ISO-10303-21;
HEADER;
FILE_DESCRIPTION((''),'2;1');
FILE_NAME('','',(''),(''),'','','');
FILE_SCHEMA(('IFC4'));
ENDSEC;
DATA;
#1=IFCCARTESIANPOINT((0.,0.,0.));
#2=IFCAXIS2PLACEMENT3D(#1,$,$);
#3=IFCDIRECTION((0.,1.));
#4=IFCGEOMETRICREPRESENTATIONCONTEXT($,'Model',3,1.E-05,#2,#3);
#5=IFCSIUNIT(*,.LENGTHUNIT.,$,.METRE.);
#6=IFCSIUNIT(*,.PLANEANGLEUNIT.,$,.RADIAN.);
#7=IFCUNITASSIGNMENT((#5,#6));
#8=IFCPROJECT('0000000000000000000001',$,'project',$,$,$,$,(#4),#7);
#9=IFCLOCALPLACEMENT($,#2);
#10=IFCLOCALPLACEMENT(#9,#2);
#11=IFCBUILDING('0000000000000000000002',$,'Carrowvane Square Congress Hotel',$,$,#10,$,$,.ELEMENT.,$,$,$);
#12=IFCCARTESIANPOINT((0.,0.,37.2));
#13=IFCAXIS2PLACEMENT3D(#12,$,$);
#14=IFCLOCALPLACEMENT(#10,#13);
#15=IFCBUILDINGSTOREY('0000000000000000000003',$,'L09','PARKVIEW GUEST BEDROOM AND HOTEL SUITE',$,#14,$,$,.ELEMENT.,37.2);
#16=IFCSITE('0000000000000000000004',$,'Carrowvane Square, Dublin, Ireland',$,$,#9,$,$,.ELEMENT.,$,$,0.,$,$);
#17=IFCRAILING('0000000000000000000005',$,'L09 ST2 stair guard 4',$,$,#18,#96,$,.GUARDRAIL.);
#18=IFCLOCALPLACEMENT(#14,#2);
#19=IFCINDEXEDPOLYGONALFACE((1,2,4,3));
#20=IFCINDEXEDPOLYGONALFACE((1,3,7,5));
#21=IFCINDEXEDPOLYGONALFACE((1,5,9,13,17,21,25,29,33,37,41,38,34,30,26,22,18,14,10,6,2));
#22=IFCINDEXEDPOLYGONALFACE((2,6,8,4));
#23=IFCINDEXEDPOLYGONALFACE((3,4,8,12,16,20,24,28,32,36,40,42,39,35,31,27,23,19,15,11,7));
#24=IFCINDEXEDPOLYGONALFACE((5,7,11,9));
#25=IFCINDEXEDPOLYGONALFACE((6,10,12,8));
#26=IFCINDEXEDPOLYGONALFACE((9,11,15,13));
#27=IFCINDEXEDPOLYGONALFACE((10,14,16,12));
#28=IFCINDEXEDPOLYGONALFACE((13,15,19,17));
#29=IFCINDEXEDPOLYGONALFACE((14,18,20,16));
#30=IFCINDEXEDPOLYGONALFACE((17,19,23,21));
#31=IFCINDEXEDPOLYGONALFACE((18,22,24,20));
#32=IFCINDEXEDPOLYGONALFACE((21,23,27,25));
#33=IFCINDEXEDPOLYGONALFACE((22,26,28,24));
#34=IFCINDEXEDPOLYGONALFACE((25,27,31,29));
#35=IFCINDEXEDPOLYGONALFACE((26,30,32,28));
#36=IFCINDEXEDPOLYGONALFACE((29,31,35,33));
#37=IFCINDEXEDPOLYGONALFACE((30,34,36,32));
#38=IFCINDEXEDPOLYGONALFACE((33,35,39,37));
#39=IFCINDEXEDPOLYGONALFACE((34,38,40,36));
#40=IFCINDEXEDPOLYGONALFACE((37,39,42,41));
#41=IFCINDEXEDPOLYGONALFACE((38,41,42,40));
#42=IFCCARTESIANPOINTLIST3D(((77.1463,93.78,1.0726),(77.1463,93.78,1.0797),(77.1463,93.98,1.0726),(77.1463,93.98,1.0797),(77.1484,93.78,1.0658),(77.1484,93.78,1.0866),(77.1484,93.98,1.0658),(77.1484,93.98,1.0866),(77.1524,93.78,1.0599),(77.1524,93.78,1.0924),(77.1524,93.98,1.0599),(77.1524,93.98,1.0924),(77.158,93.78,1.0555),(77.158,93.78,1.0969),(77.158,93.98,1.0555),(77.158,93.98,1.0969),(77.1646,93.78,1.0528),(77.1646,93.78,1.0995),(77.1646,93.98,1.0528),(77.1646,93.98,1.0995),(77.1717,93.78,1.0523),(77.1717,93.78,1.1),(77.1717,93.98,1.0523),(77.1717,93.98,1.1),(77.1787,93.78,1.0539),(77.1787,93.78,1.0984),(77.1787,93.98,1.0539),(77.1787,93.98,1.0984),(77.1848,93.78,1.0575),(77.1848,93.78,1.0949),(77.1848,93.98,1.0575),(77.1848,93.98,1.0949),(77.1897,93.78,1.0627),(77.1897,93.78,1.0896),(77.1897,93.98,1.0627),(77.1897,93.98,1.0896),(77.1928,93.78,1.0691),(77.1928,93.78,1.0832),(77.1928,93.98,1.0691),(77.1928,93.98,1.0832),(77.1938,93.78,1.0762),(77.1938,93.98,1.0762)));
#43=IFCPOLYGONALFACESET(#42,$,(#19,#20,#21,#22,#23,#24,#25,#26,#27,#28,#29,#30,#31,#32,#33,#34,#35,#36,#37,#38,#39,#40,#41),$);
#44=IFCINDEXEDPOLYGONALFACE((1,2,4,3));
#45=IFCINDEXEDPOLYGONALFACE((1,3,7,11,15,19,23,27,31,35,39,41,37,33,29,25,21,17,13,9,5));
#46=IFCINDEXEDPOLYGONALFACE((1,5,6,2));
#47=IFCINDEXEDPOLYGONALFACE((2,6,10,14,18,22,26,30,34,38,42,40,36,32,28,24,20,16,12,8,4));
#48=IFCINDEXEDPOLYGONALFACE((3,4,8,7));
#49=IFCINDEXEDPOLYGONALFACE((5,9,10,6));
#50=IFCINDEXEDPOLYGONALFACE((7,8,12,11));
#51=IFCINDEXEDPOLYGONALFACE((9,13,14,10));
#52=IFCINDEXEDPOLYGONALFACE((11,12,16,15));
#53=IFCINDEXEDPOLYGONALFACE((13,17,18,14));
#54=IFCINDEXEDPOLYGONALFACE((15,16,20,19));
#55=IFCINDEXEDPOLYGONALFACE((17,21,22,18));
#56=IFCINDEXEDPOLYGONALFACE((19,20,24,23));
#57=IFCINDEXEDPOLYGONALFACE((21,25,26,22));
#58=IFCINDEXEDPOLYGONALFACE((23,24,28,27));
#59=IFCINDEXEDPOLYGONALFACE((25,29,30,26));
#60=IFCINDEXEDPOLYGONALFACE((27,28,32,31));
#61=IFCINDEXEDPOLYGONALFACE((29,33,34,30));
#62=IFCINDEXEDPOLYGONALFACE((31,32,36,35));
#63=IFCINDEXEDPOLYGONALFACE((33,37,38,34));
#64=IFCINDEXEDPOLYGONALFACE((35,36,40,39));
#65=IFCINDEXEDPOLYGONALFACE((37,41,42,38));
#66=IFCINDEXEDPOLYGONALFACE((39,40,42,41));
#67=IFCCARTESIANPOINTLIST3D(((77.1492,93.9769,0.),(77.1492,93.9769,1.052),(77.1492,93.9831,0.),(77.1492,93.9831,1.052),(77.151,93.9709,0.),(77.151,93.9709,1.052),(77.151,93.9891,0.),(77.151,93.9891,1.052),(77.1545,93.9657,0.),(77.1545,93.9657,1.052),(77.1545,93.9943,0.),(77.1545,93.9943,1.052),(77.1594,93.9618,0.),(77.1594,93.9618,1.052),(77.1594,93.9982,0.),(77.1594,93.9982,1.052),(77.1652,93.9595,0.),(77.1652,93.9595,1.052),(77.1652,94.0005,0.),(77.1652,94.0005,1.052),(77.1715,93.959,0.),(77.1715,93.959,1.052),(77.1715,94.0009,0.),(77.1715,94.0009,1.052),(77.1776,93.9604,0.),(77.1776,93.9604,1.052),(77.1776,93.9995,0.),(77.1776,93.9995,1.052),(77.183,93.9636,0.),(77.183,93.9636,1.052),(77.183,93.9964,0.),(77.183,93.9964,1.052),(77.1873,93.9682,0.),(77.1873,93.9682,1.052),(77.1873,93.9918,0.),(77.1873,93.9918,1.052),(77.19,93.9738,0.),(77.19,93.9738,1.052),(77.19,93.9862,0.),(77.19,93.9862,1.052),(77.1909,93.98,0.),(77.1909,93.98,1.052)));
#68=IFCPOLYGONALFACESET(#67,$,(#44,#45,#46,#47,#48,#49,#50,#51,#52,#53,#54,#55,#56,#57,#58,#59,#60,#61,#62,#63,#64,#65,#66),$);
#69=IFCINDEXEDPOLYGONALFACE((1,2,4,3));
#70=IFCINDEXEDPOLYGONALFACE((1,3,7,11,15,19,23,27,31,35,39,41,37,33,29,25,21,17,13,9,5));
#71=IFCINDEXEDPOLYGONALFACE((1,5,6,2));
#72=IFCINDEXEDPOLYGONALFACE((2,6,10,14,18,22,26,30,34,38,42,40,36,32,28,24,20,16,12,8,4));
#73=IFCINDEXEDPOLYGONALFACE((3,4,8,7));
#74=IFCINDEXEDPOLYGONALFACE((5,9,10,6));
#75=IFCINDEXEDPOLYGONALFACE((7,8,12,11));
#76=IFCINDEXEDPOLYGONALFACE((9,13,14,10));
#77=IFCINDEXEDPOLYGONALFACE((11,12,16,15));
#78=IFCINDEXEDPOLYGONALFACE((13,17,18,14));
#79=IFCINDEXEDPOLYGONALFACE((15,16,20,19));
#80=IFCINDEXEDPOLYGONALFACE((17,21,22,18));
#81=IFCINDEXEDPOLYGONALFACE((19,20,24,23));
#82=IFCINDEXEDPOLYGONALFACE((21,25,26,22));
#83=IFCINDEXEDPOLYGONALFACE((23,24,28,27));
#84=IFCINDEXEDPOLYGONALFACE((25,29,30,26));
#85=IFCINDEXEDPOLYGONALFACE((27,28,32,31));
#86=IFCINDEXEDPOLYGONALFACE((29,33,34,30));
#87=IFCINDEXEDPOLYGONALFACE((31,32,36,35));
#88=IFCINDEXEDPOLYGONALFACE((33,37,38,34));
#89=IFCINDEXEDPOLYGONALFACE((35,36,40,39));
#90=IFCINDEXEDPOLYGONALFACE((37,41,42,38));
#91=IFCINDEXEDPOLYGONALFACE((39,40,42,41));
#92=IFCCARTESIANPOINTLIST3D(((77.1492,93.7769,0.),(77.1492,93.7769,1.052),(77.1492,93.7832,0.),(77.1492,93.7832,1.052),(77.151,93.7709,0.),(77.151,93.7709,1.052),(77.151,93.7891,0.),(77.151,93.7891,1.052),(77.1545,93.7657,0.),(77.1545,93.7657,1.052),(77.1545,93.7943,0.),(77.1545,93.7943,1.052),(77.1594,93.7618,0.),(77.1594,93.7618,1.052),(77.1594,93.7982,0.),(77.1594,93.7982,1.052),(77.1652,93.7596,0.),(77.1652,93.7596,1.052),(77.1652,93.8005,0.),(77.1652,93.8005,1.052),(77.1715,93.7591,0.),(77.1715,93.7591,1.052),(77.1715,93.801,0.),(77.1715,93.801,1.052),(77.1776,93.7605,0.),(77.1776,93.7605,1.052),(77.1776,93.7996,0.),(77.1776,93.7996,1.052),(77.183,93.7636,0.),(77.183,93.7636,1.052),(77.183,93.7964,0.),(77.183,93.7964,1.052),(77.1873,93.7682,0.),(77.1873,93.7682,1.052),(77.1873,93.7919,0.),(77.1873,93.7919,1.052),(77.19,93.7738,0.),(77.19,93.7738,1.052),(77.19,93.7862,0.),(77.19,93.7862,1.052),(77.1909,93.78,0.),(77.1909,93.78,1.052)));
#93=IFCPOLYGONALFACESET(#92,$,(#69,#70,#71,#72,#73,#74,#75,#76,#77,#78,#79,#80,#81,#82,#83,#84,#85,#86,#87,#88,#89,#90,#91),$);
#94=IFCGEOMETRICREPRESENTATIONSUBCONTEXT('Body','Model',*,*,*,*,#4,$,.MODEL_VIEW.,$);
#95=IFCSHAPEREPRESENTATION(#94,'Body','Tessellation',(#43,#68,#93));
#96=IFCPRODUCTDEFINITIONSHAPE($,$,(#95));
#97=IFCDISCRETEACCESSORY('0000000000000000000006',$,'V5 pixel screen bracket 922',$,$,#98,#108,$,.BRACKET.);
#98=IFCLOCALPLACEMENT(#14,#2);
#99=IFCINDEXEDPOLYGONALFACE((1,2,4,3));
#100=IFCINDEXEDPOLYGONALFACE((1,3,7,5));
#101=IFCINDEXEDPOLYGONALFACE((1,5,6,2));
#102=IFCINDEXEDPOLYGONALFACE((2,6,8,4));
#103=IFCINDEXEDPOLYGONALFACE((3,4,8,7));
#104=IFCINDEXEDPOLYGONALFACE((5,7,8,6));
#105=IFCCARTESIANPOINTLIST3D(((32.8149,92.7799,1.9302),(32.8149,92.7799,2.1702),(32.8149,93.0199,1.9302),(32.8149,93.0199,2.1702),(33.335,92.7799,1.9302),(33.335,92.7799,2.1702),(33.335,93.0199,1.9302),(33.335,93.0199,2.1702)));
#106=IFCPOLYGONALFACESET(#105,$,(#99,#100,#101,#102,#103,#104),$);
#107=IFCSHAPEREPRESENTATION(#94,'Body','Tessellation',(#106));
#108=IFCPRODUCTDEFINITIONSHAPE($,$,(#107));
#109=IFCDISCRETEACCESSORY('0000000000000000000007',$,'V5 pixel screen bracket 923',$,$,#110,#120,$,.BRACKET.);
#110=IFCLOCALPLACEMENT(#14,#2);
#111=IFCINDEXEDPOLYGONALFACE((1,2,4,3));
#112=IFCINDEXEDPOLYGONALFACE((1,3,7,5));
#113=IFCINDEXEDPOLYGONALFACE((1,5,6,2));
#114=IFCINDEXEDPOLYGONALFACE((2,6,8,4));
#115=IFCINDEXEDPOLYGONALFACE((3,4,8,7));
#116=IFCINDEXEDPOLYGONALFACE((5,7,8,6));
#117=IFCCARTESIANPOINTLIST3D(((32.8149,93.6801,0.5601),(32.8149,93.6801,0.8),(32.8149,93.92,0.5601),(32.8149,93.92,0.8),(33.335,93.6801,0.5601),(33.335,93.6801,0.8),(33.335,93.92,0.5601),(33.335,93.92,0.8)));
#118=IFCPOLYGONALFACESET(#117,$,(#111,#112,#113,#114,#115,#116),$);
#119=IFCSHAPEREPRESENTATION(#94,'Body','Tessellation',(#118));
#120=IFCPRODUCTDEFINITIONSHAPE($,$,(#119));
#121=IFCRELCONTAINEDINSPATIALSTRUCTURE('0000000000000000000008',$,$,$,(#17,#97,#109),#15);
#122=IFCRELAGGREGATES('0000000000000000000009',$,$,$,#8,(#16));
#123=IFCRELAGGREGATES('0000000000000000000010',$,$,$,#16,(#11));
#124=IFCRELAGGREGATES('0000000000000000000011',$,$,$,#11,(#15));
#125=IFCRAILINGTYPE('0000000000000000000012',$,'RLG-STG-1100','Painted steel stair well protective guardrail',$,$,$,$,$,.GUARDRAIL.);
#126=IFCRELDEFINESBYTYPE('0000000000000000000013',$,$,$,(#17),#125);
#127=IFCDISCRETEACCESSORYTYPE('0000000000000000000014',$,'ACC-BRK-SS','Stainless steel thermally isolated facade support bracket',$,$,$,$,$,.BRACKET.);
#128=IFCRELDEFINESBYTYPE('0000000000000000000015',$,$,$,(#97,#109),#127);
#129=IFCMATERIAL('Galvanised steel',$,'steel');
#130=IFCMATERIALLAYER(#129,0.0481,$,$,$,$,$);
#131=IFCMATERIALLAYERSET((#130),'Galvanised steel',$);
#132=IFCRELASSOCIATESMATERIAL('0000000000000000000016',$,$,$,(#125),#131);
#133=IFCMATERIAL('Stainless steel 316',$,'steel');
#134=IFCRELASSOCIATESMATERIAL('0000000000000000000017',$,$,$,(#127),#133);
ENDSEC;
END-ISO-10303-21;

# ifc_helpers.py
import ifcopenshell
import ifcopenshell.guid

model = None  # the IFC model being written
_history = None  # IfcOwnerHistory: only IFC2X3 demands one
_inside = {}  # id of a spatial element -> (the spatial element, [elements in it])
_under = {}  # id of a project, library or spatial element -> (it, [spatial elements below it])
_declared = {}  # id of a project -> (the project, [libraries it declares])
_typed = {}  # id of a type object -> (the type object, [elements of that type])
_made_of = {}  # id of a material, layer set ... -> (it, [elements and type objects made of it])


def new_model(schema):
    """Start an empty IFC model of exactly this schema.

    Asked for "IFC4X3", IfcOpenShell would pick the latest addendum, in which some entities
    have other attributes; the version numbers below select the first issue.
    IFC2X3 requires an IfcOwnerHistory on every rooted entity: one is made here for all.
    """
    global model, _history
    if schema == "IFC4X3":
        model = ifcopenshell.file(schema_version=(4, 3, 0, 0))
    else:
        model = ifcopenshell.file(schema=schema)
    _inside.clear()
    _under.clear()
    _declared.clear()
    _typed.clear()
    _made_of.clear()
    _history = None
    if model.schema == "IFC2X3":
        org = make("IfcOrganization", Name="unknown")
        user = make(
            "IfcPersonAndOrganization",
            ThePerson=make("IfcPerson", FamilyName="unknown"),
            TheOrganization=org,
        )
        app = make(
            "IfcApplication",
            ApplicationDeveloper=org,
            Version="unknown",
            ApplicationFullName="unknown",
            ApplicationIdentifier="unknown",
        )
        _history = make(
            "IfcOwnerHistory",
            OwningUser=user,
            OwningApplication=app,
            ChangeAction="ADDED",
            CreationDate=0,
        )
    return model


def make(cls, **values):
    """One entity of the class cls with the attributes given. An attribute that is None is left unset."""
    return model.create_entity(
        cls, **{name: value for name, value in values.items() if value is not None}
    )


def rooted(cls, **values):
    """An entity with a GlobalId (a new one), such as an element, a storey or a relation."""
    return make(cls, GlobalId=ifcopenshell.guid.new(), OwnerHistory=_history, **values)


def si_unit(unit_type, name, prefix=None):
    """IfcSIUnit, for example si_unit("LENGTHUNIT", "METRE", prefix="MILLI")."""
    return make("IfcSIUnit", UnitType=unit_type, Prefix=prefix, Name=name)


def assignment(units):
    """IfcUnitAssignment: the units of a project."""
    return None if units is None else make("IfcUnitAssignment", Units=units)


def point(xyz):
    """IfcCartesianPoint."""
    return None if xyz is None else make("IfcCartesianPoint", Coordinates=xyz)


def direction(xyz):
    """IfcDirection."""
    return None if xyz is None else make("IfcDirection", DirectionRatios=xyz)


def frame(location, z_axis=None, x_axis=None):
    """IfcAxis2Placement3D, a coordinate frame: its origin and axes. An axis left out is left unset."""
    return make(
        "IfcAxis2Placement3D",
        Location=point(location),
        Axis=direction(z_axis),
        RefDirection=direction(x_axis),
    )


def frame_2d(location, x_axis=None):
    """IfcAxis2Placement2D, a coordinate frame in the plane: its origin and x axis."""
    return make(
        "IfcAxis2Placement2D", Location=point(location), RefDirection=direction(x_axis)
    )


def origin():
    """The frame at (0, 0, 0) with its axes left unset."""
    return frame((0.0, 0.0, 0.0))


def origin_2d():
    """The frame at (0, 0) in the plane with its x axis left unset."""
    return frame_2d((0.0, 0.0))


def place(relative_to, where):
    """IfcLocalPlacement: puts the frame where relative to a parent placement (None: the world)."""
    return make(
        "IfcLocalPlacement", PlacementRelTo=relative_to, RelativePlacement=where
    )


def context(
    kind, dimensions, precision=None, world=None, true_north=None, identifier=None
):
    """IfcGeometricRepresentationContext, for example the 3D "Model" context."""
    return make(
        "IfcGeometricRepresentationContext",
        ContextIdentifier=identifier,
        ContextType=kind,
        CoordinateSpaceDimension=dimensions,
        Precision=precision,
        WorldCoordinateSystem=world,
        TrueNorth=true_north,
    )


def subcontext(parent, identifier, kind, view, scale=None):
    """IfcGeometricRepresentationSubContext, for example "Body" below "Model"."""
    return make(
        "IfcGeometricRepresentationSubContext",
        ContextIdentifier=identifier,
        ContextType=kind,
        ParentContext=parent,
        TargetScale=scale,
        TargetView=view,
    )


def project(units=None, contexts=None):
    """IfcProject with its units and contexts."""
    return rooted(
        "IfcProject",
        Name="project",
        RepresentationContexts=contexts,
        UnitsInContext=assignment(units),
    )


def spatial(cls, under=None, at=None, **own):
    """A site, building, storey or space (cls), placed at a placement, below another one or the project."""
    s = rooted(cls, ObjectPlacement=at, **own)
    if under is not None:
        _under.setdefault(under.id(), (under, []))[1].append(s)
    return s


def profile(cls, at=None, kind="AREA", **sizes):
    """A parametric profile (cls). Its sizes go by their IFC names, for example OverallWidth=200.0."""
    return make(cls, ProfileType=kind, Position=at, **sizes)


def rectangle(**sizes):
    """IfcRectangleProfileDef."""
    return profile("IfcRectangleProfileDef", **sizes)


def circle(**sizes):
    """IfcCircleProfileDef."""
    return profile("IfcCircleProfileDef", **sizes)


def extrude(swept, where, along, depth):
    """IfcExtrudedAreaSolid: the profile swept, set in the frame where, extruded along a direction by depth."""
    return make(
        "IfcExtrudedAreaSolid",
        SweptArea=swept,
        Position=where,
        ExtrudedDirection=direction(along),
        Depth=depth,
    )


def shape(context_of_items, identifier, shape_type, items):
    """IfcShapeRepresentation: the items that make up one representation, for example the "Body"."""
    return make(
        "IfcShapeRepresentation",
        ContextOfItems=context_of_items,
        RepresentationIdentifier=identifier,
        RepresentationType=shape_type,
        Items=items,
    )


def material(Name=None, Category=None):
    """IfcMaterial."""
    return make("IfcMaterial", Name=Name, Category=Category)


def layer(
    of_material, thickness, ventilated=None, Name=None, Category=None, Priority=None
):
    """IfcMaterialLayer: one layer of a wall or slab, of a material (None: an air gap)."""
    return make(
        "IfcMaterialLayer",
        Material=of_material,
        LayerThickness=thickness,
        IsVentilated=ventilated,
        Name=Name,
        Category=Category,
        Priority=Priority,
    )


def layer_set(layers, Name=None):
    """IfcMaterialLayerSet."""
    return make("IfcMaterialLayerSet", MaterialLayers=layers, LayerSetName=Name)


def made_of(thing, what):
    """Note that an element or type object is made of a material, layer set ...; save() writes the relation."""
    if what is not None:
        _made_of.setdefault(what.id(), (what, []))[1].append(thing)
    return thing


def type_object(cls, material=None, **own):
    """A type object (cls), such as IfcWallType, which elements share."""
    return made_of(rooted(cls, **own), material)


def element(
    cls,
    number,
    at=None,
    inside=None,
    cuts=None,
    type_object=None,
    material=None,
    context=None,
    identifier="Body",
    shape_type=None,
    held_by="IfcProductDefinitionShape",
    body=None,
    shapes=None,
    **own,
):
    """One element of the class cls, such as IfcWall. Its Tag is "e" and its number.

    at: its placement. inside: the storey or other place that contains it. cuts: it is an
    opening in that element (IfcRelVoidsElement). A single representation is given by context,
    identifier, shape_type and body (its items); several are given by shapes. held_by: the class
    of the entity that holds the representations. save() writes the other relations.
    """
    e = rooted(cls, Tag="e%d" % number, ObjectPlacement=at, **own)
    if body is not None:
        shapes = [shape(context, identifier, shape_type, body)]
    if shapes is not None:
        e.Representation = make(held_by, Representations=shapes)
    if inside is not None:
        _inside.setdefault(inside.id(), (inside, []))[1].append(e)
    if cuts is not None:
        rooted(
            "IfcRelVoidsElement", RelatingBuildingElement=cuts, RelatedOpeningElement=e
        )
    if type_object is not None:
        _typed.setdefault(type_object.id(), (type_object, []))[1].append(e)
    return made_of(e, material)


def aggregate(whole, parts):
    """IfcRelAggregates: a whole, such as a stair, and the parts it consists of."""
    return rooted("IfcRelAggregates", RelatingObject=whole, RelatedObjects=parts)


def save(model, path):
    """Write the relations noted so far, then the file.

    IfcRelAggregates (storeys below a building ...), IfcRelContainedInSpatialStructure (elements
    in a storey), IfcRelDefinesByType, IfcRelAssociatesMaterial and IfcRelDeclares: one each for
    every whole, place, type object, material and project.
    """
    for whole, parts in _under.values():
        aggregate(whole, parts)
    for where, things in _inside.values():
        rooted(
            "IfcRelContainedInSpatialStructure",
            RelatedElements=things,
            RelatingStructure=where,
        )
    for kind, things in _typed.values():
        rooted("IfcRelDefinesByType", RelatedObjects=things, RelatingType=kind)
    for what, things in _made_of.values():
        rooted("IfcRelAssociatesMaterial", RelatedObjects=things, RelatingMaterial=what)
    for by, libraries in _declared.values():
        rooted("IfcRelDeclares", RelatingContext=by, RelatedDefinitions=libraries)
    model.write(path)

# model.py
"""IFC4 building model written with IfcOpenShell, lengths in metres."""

from ifc_helpers import new_model, si_unit, direction, frame, origin, origin_2d, place, context, subcontext, project, spatial, rectangle, circle, extrude, material, layer, layer_set, type_object, element, save


model = new_model("IFC4")

# Units and contexts
model_context = context("Model", 3, precision=1e-05, world=origin(), true_north=direction((0.0, 1.0)))
body_context = subcontext(model_context, "Body", "Model", "MODEL_VIEW")
ifc_project = project(units=[si_unit("LENGTHUNIT", "METRE"), si_unit("PLANEANGLEUNIT", "RADIAN")], contexts=[model_context])

# Site, building, storey
site_placement = place(None, origin())
site = spatial("IfcSite", under=ifc_project, at=site_placement, Name="Carrowvane Square, Dublin, Ireland", CompositionType="ELEMENT", RefElevation=0.0)
building_placement = place(site_placement, origin())
building = spatial("IfcBuilding", under=site, at=building_placement, Name="Carrowvane Square Congress Hotel", CompositionType="ELEMENT")
storey_placement = place(building_placement, frame((0.0, 0.0, 37.2)))
storey = spatial("IfcBuildingStorey", under=building, at=storey_placement, Name="L09", Description="PARKVIEW GUEST BEDROOM AND HOTEL SUITE", CompositionType="ELEMENT", Elevation=37.2)

# Railing
ifc_material_1 = material(Name="Galvanised steel", Category="steel")
ifc_layer_1 = layer(ifc_material_1, 0.0481)
ifc_layer_set_1 = layer_set([ifc_layer_1], Name="Galvanised steel")
railing_type_1 = type_object("IfcRailingType", Name="RLG-STG-1100", Description="Painted steel stair well protective guardrail", PredefinedType="GUARDRAIL", material=ifc_layer_set_1)
railing_1_placement = place(storey_placement, frame((77.1699, 93.98, 0.0)))
element("IfcRailing", 1, at=railing_1_placement, inside=storey, type_object=railing_type_1, Name="L09 ST2 stair guard 4", PredefinedType="GUARDRAIL", context=body_context, shape_type="SweptSolid", body=[
    extrude(circle(Radius=0.0239, at=origin_2d()), frame((0.0, 0.0, 1.0762), z_axis=(0.0, -1.0, 0.0), x_axis=(1.0, 0.0, 0.0)), (0.0, 0.0, 1.0), 0.2),
    extrude(circle(Radius=0.021, at=origin_2d()), origin(), (0.0, 0.0, 1.0), 1.052),
    extrude(circle(Radius=0.021, at=origin_2d()), frame((0.0, -0.2, 0.0)), (0.0, 0.0, 1.0), 1.052),
])

# Discrete accessories
ifc_material_2 = material(Name="Stainless steel 316", Category="steel")
discrete_accessory_type = type_object("IfcDiscreteAccessoryType", Name="ACC-BRK-SS", Description="Stainless steel thermally isolated facade support bracket", PredefinedType="BRACKET", material=ifc_material_2)
for number, where, z_axis, x_axis, name in (
    (2, (33.075, 92.8999, 1.9302), (0.0, 0.0, 1.0), (0.0, 1.0, 0.0), "V5 pixel screen bracket 922"),
    (3, (33.075, 93.8, 0.5601), (0.0, 0.0, 1.0), (0.0, 1.0, 0.0), "V5 pixel screen bracket 923"),
):
    element("IfcDiscreteAccessory", number, at=place(storey_placement, frame(where, z_axis=z_axis, x_axis=x_axis)), inside=storey, type_object=discrete_accessory_type, Name=name, PredefinedType="BRACKET", context=body_context, shape_type="SweptSolid", body=[
        extrude(rectangle(XDim=0.24, YDim=0.52, at=origin_2d()), origin(), (0.0, 0.0, 1.0), 0.24),
    ])

save(model, "model.ifc")
